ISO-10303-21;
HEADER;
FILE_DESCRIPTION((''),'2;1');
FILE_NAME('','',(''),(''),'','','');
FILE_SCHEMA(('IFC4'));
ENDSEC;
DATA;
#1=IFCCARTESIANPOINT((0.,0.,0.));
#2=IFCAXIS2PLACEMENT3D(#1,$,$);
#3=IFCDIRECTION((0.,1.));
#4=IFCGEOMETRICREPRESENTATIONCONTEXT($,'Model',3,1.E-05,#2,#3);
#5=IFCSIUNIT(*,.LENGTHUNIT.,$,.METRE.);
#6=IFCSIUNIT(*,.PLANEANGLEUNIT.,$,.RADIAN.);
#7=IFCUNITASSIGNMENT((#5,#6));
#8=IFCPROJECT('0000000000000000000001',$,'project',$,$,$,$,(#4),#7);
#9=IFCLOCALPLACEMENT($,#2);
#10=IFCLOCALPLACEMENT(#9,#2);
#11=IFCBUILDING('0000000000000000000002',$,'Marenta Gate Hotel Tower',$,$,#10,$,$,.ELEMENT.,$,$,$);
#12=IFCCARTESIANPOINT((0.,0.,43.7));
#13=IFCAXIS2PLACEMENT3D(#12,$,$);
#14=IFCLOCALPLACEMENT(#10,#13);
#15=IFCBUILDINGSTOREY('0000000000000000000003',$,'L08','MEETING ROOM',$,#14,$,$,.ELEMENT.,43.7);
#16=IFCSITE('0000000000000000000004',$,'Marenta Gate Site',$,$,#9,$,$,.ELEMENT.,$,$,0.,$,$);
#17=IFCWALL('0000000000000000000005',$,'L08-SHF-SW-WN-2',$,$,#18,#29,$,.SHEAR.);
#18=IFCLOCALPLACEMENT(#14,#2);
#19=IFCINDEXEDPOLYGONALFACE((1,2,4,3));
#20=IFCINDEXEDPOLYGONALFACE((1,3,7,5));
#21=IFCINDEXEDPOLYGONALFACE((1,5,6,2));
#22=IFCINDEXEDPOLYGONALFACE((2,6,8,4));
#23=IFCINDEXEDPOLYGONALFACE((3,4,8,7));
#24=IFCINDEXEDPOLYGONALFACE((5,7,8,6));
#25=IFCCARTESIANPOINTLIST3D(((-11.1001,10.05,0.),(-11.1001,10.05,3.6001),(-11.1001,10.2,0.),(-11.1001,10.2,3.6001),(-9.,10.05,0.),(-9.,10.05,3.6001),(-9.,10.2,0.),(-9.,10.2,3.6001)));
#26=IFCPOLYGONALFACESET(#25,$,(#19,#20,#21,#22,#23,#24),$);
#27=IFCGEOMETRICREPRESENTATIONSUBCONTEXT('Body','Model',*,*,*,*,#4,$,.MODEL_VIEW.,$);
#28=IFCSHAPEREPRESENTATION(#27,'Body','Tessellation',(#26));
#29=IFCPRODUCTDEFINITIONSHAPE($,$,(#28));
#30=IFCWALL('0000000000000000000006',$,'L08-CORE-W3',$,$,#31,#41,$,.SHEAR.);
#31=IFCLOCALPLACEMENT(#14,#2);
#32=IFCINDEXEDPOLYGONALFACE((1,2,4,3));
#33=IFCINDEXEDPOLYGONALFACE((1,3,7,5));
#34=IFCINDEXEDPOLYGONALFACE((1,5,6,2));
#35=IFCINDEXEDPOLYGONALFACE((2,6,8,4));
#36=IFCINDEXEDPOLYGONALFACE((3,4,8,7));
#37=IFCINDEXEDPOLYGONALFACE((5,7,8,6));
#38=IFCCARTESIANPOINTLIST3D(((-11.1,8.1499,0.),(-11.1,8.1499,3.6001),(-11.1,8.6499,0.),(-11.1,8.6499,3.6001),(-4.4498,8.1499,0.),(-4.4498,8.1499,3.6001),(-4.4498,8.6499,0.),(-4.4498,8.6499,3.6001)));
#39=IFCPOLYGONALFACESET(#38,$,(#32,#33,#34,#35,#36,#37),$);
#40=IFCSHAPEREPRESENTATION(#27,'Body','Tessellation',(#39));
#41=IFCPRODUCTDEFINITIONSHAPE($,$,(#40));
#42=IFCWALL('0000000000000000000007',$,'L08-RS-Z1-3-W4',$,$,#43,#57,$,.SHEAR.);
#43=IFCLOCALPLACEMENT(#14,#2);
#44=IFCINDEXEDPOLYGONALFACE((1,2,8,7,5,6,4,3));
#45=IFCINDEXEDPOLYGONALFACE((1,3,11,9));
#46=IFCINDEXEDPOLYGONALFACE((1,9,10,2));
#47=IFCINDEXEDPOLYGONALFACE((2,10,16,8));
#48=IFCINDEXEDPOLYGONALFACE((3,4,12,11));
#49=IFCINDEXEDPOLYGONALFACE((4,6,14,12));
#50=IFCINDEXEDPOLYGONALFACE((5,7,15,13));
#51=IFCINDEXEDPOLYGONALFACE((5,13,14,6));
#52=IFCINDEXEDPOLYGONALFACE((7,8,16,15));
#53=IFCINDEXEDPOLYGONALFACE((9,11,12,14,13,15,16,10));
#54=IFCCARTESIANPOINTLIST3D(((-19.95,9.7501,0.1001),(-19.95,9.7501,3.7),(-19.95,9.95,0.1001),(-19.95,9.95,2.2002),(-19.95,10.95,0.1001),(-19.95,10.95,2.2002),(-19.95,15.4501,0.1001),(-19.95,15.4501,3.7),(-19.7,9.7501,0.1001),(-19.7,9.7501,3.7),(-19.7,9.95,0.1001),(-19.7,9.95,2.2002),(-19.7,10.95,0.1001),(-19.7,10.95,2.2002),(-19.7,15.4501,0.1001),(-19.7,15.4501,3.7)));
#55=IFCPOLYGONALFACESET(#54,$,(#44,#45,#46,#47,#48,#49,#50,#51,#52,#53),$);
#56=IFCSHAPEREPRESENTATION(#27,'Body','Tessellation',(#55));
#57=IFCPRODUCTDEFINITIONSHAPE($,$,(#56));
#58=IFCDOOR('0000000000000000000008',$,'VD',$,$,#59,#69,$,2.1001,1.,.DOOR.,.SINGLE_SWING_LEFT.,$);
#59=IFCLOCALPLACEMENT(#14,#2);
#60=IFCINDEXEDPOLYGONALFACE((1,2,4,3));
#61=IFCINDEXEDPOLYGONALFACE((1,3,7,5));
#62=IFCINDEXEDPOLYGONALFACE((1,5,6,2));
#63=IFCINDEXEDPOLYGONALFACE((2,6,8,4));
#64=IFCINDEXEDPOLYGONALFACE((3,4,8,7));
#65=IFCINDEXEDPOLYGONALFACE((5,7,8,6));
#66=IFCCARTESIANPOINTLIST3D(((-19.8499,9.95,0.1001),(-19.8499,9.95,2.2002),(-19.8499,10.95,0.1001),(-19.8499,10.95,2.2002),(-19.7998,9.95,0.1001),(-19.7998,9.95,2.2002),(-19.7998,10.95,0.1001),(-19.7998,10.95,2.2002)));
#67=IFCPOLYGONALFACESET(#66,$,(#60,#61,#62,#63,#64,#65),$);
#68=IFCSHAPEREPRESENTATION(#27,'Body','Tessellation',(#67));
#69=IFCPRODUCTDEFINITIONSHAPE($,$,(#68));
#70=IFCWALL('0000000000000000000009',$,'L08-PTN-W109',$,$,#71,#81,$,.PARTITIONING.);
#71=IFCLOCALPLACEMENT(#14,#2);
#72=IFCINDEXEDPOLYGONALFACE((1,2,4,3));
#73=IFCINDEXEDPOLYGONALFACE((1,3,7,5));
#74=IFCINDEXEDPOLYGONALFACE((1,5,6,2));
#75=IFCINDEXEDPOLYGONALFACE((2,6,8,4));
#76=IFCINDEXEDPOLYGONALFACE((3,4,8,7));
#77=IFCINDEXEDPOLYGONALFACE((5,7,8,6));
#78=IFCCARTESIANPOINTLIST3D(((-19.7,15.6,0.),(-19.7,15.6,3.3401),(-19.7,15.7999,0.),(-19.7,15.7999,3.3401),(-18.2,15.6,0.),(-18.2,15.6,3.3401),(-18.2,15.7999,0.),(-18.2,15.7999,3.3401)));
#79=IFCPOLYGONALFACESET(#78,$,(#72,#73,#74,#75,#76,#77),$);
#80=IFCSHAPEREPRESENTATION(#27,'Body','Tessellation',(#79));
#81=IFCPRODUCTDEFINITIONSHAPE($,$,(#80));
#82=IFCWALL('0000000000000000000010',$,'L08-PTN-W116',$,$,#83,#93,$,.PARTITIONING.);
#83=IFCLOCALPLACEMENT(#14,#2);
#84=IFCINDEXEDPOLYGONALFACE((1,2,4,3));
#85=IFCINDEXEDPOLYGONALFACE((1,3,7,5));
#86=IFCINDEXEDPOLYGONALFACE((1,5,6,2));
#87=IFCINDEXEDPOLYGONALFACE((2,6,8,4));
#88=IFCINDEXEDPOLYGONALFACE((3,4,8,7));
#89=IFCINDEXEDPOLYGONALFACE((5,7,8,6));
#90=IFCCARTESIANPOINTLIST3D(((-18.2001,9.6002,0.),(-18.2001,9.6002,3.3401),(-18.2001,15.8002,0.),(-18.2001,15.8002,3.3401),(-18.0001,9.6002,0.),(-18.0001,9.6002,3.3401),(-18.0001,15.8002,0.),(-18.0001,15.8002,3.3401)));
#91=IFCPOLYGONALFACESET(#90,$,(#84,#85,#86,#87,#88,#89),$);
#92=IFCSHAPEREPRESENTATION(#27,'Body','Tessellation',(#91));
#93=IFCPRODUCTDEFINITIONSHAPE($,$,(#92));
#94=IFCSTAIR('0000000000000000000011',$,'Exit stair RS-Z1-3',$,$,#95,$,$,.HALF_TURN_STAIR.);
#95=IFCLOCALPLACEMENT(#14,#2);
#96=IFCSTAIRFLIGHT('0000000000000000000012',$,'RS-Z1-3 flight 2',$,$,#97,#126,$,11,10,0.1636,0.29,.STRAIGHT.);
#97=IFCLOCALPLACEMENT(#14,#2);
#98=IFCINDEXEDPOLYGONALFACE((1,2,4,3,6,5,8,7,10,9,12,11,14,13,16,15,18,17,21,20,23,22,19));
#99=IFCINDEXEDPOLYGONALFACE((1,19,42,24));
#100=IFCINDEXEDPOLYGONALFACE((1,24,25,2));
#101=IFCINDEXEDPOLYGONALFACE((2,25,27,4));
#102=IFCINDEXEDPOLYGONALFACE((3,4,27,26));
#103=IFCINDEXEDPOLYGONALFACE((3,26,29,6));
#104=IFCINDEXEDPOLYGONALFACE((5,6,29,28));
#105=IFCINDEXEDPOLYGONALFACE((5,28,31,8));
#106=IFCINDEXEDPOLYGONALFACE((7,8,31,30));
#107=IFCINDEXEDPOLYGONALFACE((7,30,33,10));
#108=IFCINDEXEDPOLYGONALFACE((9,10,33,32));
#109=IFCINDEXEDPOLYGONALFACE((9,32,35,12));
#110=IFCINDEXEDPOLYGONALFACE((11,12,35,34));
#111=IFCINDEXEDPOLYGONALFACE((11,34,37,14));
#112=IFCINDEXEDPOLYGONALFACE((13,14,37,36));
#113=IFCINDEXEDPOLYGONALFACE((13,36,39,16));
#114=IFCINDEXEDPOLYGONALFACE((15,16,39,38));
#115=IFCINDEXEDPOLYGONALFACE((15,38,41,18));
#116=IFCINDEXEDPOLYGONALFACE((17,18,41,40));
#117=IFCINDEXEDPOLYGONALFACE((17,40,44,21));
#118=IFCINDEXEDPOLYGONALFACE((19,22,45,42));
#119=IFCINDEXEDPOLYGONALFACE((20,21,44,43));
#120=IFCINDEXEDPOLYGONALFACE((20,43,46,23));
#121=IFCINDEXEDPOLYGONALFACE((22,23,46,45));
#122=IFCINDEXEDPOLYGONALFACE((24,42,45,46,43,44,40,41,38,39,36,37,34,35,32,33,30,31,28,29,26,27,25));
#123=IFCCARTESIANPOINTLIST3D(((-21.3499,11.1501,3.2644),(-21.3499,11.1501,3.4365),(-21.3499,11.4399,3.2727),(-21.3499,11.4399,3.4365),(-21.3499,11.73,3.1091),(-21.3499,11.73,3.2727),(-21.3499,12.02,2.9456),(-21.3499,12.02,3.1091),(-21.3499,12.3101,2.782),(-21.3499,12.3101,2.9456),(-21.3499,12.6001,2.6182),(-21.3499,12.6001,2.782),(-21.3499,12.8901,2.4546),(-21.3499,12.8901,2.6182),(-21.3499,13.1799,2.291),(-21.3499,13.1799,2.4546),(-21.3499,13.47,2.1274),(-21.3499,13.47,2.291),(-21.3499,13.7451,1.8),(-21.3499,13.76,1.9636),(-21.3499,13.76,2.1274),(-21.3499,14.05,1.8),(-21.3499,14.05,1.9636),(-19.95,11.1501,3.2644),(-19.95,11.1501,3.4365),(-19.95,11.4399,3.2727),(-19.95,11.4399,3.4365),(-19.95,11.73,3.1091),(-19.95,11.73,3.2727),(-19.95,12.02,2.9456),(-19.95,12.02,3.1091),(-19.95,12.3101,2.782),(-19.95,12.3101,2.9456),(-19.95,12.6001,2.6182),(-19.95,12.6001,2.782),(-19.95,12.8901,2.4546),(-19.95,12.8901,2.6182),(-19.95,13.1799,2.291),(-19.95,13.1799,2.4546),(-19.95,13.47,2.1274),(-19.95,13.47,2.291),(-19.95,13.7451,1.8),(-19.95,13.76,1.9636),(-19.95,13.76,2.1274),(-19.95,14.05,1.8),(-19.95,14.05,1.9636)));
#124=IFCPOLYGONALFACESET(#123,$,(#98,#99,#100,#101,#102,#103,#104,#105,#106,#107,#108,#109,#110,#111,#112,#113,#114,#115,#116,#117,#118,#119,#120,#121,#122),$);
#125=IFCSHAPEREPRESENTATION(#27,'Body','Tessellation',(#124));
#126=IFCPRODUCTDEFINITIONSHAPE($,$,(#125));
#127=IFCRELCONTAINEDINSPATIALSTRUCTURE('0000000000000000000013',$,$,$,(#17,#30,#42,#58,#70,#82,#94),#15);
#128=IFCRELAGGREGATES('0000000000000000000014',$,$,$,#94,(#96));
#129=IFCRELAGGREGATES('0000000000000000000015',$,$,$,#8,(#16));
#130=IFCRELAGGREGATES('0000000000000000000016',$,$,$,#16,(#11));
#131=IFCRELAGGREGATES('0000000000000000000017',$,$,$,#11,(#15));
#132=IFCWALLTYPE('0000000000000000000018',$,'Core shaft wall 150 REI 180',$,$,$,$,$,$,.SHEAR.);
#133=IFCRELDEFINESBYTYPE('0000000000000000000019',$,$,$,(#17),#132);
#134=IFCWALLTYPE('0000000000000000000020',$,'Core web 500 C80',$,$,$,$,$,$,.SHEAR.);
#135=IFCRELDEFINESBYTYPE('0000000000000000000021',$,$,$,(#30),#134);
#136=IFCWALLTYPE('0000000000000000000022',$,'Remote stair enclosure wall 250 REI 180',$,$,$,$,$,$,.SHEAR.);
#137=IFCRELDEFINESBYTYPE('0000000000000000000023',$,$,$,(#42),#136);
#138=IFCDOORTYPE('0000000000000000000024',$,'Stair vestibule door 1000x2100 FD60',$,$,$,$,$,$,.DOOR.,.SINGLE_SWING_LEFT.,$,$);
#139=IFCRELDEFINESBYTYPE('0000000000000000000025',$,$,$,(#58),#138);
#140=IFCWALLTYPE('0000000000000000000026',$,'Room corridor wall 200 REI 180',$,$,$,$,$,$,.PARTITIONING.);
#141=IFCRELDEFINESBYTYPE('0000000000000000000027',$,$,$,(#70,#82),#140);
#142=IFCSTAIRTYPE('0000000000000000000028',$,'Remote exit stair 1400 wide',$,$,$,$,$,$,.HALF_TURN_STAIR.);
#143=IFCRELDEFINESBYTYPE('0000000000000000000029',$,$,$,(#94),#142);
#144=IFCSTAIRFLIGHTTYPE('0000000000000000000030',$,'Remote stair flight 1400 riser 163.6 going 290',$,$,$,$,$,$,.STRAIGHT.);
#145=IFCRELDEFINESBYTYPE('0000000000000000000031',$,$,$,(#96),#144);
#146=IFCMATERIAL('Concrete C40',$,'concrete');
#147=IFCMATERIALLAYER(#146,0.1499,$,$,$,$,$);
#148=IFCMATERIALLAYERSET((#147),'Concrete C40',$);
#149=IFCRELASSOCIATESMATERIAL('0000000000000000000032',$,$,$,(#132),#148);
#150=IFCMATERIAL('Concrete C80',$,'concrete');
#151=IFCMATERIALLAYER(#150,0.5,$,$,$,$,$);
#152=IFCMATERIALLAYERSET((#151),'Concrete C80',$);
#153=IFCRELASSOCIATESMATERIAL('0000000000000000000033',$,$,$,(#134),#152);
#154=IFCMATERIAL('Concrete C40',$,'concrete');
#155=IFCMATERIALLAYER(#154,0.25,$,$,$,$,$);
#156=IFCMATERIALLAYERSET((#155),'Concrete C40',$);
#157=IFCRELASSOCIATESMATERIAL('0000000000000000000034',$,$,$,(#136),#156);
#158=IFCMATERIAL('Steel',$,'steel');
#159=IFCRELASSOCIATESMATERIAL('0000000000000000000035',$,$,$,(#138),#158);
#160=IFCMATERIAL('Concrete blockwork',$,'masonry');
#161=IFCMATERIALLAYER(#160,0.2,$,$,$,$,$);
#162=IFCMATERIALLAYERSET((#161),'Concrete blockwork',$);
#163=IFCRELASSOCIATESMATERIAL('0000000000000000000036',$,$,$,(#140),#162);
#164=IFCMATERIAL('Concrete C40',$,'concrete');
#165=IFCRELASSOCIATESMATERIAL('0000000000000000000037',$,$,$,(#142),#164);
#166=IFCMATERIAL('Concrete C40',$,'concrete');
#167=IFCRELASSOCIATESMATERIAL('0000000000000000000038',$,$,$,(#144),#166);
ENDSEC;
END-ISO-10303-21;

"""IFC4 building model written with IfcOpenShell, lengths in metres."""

from ifc_helpers import new_model, si_unit, direction, frame, frame_2d, origin, place, context, subcontext, project, spatial, polyline, rectangle, outline, extrude, material, layer, layer_set, type_object, element, fill, aggregate, save


model = new_model("IFC4")

# Units and contexts
model_context = context("Model", 3, precision=1e-05, world=origin(), true_north=direction((0.0, 1.0)))
body_context = subcontext(model_context, "Body", "Model", "MODEL_VIEW")
ifc_project = project(units=[si_unit("LENGTHUNIT", "METRE"), si_unit("PLANEANGLEUNIT", "RADIAN")], contexts=[model_context])

# Site, building, storey
site_placement = place(None, origin())
site = spatial("IfcSite", under=ifc_project, at=site_placement, Name="Marenta Gate Site", CompositionType="ELEMENT", RefElevation=0.0)
building_placement = place(site_placement, origin())
building = spatial("IfcBuilding", under=site, at=building_placement, Name="Marenta Gate Hotel Tower", CompositionType="ELEMENT")
storey_placement = place(building_placement, frame((0.0, 0.0, 43.7)))
storey = spatial("IfcBuildingStorey", under=building, at=storey_placement, Name="L08", Description="MEETING ROOM", CompositionType="ELEMENT", Elevation=43.7)

# Walls
ifc_material_1 = material(Name="Concrete C40", Category="concrete")
ifc_layer_1 = layer(ifc_material_1, 0.1499)
ifc_layer_set_1 = layer_set([ifc_layer_1], Name="Concrete C40")
wall_type_1 = type_object("IfcWallType", Name="Core shaft wall 150 REI 180", PredefinedType="SHEAR", material=ifc_layer_set_1)
for number, where, z_axis, x_axis, name in (
    (1, (-11.1001, 10.125, 0.0), (0.0, 0.0, 1.0), (1.0, 0.0, 0.0), "L08-SHF-SW-WN-2"),
):
    element("IfcWall", number, at=place(storey_placement, frame(where, z_axis=z_axis, x_axis=x_axis)), inside=storey, type_object=wall_type_1, Name=name, PredefinedType="SHEAR", context=body_context, shape_type="SweptSolid", body=[
        extrude(rectangle(XDim=2.1001, YDim=0.1499, at=frame_2d((1.05, 0.0))), origin(), (0.0, 0.0, 1.0), 3.6001),
    ])
ifc_material_2 = material(Name="Concrete C80", Category="concrete")
ifc_layer_2 = layer(ifc_material_2, 0.5)
ifc_layer_set_2 = layer_set([ifc_layer_2], Name="Concrete C80")
wall_type_2 = type_object("IfcWallType", Name="Core web 500 C80", PredefinedType="SHEAR", material=ifc_layer_set_2)
wall_1_placement = place(storey_placement, frame((-11.1001, 8.3999, 0.0), z_axis=(0.0, 0.0, 1.0), x_axis=(1.0, 0.0, 0.0)))
element("IfcWall", 2, at=wall_1_placement, inside=storey, type_object=wall_type_2, Name="L08-CORE-W3", PredefinedType="SHEAR", context=body_context, shape_type="SweptSolid", body=[
    extrude(rectangle(XDim=6.6501, YDim=0.5, at=frame_2d((3.3252, 0.0))), origin(), (0.0, 0.0, 1.0), 3.6001),
])

# Wall, opening, door
ifc_material_3 = material(Name="Concrete C40", Category="concrete")
ifc_layer_3 = layer(ifc_material_3, 0.25)
ifc_layer_set_3 = layer_set([ifc_layer_3], Name="Concrete C40")
wall_type_3 = type_object("IfcWallType", Name="Remote stair enclosure wall 250 REI 180", PredefinedType="SHEAR", material=ifc_layer_set_3)
wall_2_placement = place(storey_placement, frame((-19.825, 9.75, 0.1001), z_axis=(0.0, 0.0, 1.0), x_axis=(0.0, 1.0, 0.0)))
wall_2 = element("IfcWall", 3, at=wall_2_placement, inside=storey, type_object=wall_type_3, Name="L08-RS-Z1-3-W4", PredefinedType="SHEAR", context=body_context, shape_type="SweptSolid", body=[
    extrude(rectangle(XDim=5.7, YDim=0.25, at=frame_2d((2.8501, 0.0))), origin(), (0.0, 0.0, 1.0), 3.5999),
])
opening_1_placement = place(wall_2_placement, frame((0.2, 0.0, 0.0)))
opening_1 = element("IfcOpeningElement", 4, at=opening_1_placement, cuts=wall_2, PredefinedType="OPENING", context=body_context, shape_type="SweptSolid", body=[
    extrude(rectangle(XDim=1.0, YDim=2.1001, at=frame_2d((0.5, 1.05))), frame((0.0, 0.125, 0.0), z_axis=(0.0, -1.0, 0.0), x_axis=(1.0, 0.0, 0.0)), (0.0, 0.0, 1.0), 0.25),
])
ifc_material_4 = material(Name="Steel", Category="steel")
door_type_1 = type_object("IfcDoorType", Name="Stair vestibule door 1000x2100 FD60", OperationType="SINGLE_SWING_LEFT", PredefinedType="DOOR", material=ifc_material_4)
door_1_placement = place(opening_1_placement, origin())
door_1 = element("IfcDoor", 5, at=door_1_placement, inside=storey, type_object=door_type_1, Name="VD", OperationType="SINGLE_SWING_LEFT", OverallHeight=2.1001, OverallWidth=1.0, PredefinedType="DOOR", context=body_context, shape_type="SweptSolid", body=[
    extrude(rectangle(XDim=1.0, YDim=2.1001, at=frame_2d((0.5, 1.05))), frame((0.0, 0.0249, 0.0), z_axis=(0.0, -1.0, 0.0), x_axis=(1.0, 0.0, 0.0)), (0.0, 0.0, 1.0), 0.05),
])
fill(opening_1, door_1)

# Shared definitions
ifc_material_5 = material(Name="Concrete blockwork", Category="masonry")
ifc_layer_4 = layer(ifc_material_5, 0.2)
ifc_layer_set_4 = layer_set([ifc_layer_4], Name="Concrete blockwork")
wall_type_4 = type_object("IfcWallType", Name="Room corridor wall 200 REI 180", PredefinedType="PARTITIONING", material=ifc_layer_set_4)

# Walls
wall_3_placement = place(storey_placement, frame((-19.7, 15.7, 0.0), z_axis=(0.0, 0.0, 1.0), x_axis=(1.0, 0.0, 0.0)))
element("IfcWall", 6, at=wall_3_placement, inside=storey, type_object=wall_type_4, Name="L08-PTN-W109", PredefinedType="PARTITIONING", context=body_context, shape_type="SweptSolid", body=[
    extrude(rectangle(XDim=1.5, YDim=0.2, at=frame_2d((0.75, 0.0))), origin(), (0.0, 0.0, 1.0), 3.3401),
])
wall_4_placement = place(storey_placement, frame((-18.1001, 9.6001, 0.0), z_axis=(0.0, 0.0, 1.0), x_axis=(0.0, 1.0, 0.0)))
element("IfcWall", 7, at=wall_4_placement, inside=storey, type_object=wall_type_4, Name="L08-PTN-W116", PredefinedType="PARTITIONING", context=body_context, shape_type="SweptSolid", body=[
    extrude(rectangle(XDim=6.2, YDim=0.2, at=frame_2d((3.1001, 0.0))), origin(), (0.0, 0.0, 1.0), 3.3401),
])

# Stair, stair flight
ifc_material_6 = material(Name="Concrete C40", Category="concrete")
stair_type = type_object("IfcStairType", Name="Remote exit stair 1400 wide", PredefinedType="HALF_TURN_STAIR", material=ifc_material_6)
stair_placement = place(storey_placement, origin())
stair = element("IfcStair", 8, at=stair_placement, inside=storey, type_object=stair_type, Name="Exit stair RS-Z1-3", PredefinedType="HALF_TURN_STAIR")
ifc_material_7 = material(Name="Concrete C40", Category="concrete")
stair_flight_type = type_object("IfcStairFlightType", Name="Remote stair flight 1400 riser 163.6 going 290", PredefinedType="STRAIGHT", material=ifc_material_7)
stair_flight_placement = place(storey_placement, frame((-20.6499, 14.05, 1.8), z_axis=(0.0, 0.0, 1.0), x_axis=(0.0, -1.0, 0.0)))
stair_flight = element("IfcStairFlight", 9, at=stair_flight_placement, type_object=stair_flight_type, Name="RS-Z1-3 flight 2", NumberOfRisers=11, NumberOfTreads=10, PredefinedType="STRAIGHT", RiserHeight=0.1636, TreadLength=0.29, context=body_context, shape_type="SweptSolid", body=[
    extrude(outline(polyline([(0.0, 0.0), (0.0, 0.1636), (0.29, 0.1636), (0.29, 0.3274), (0.5801, 0.3274), (0.5801, 0.491), (0.8701, 0.491), (0.8701, 0.6545), (1.1599, 0.6545), (1.1599, 0.8181), (1.45, 0.8181), (1.45, 0.9819), (1.74, 0.9819), (1.74, 1.1455), (2.03, 1.1455), (2.03, 1.3091), (2.3201, 1.3091), (2.3201, 1.4727), (2.6101, 1.4727), (2.6101, 1.6365), (2.8999, 1.6365), (2.8999, 1.8), (2.8999, 1.4644), (0.3049, 0.0), (0.0, 0.0)])), frame((0.0, 0.7, 0.0), z_axis=(0.0, -1.0, 0.0), x_axis=(1.0, 0.0, 0.0)), (0.0, 0.0, 1.0), 1.3999),
])
aggregate(stair, [stair_flight])

save(model, "model.ifc")
